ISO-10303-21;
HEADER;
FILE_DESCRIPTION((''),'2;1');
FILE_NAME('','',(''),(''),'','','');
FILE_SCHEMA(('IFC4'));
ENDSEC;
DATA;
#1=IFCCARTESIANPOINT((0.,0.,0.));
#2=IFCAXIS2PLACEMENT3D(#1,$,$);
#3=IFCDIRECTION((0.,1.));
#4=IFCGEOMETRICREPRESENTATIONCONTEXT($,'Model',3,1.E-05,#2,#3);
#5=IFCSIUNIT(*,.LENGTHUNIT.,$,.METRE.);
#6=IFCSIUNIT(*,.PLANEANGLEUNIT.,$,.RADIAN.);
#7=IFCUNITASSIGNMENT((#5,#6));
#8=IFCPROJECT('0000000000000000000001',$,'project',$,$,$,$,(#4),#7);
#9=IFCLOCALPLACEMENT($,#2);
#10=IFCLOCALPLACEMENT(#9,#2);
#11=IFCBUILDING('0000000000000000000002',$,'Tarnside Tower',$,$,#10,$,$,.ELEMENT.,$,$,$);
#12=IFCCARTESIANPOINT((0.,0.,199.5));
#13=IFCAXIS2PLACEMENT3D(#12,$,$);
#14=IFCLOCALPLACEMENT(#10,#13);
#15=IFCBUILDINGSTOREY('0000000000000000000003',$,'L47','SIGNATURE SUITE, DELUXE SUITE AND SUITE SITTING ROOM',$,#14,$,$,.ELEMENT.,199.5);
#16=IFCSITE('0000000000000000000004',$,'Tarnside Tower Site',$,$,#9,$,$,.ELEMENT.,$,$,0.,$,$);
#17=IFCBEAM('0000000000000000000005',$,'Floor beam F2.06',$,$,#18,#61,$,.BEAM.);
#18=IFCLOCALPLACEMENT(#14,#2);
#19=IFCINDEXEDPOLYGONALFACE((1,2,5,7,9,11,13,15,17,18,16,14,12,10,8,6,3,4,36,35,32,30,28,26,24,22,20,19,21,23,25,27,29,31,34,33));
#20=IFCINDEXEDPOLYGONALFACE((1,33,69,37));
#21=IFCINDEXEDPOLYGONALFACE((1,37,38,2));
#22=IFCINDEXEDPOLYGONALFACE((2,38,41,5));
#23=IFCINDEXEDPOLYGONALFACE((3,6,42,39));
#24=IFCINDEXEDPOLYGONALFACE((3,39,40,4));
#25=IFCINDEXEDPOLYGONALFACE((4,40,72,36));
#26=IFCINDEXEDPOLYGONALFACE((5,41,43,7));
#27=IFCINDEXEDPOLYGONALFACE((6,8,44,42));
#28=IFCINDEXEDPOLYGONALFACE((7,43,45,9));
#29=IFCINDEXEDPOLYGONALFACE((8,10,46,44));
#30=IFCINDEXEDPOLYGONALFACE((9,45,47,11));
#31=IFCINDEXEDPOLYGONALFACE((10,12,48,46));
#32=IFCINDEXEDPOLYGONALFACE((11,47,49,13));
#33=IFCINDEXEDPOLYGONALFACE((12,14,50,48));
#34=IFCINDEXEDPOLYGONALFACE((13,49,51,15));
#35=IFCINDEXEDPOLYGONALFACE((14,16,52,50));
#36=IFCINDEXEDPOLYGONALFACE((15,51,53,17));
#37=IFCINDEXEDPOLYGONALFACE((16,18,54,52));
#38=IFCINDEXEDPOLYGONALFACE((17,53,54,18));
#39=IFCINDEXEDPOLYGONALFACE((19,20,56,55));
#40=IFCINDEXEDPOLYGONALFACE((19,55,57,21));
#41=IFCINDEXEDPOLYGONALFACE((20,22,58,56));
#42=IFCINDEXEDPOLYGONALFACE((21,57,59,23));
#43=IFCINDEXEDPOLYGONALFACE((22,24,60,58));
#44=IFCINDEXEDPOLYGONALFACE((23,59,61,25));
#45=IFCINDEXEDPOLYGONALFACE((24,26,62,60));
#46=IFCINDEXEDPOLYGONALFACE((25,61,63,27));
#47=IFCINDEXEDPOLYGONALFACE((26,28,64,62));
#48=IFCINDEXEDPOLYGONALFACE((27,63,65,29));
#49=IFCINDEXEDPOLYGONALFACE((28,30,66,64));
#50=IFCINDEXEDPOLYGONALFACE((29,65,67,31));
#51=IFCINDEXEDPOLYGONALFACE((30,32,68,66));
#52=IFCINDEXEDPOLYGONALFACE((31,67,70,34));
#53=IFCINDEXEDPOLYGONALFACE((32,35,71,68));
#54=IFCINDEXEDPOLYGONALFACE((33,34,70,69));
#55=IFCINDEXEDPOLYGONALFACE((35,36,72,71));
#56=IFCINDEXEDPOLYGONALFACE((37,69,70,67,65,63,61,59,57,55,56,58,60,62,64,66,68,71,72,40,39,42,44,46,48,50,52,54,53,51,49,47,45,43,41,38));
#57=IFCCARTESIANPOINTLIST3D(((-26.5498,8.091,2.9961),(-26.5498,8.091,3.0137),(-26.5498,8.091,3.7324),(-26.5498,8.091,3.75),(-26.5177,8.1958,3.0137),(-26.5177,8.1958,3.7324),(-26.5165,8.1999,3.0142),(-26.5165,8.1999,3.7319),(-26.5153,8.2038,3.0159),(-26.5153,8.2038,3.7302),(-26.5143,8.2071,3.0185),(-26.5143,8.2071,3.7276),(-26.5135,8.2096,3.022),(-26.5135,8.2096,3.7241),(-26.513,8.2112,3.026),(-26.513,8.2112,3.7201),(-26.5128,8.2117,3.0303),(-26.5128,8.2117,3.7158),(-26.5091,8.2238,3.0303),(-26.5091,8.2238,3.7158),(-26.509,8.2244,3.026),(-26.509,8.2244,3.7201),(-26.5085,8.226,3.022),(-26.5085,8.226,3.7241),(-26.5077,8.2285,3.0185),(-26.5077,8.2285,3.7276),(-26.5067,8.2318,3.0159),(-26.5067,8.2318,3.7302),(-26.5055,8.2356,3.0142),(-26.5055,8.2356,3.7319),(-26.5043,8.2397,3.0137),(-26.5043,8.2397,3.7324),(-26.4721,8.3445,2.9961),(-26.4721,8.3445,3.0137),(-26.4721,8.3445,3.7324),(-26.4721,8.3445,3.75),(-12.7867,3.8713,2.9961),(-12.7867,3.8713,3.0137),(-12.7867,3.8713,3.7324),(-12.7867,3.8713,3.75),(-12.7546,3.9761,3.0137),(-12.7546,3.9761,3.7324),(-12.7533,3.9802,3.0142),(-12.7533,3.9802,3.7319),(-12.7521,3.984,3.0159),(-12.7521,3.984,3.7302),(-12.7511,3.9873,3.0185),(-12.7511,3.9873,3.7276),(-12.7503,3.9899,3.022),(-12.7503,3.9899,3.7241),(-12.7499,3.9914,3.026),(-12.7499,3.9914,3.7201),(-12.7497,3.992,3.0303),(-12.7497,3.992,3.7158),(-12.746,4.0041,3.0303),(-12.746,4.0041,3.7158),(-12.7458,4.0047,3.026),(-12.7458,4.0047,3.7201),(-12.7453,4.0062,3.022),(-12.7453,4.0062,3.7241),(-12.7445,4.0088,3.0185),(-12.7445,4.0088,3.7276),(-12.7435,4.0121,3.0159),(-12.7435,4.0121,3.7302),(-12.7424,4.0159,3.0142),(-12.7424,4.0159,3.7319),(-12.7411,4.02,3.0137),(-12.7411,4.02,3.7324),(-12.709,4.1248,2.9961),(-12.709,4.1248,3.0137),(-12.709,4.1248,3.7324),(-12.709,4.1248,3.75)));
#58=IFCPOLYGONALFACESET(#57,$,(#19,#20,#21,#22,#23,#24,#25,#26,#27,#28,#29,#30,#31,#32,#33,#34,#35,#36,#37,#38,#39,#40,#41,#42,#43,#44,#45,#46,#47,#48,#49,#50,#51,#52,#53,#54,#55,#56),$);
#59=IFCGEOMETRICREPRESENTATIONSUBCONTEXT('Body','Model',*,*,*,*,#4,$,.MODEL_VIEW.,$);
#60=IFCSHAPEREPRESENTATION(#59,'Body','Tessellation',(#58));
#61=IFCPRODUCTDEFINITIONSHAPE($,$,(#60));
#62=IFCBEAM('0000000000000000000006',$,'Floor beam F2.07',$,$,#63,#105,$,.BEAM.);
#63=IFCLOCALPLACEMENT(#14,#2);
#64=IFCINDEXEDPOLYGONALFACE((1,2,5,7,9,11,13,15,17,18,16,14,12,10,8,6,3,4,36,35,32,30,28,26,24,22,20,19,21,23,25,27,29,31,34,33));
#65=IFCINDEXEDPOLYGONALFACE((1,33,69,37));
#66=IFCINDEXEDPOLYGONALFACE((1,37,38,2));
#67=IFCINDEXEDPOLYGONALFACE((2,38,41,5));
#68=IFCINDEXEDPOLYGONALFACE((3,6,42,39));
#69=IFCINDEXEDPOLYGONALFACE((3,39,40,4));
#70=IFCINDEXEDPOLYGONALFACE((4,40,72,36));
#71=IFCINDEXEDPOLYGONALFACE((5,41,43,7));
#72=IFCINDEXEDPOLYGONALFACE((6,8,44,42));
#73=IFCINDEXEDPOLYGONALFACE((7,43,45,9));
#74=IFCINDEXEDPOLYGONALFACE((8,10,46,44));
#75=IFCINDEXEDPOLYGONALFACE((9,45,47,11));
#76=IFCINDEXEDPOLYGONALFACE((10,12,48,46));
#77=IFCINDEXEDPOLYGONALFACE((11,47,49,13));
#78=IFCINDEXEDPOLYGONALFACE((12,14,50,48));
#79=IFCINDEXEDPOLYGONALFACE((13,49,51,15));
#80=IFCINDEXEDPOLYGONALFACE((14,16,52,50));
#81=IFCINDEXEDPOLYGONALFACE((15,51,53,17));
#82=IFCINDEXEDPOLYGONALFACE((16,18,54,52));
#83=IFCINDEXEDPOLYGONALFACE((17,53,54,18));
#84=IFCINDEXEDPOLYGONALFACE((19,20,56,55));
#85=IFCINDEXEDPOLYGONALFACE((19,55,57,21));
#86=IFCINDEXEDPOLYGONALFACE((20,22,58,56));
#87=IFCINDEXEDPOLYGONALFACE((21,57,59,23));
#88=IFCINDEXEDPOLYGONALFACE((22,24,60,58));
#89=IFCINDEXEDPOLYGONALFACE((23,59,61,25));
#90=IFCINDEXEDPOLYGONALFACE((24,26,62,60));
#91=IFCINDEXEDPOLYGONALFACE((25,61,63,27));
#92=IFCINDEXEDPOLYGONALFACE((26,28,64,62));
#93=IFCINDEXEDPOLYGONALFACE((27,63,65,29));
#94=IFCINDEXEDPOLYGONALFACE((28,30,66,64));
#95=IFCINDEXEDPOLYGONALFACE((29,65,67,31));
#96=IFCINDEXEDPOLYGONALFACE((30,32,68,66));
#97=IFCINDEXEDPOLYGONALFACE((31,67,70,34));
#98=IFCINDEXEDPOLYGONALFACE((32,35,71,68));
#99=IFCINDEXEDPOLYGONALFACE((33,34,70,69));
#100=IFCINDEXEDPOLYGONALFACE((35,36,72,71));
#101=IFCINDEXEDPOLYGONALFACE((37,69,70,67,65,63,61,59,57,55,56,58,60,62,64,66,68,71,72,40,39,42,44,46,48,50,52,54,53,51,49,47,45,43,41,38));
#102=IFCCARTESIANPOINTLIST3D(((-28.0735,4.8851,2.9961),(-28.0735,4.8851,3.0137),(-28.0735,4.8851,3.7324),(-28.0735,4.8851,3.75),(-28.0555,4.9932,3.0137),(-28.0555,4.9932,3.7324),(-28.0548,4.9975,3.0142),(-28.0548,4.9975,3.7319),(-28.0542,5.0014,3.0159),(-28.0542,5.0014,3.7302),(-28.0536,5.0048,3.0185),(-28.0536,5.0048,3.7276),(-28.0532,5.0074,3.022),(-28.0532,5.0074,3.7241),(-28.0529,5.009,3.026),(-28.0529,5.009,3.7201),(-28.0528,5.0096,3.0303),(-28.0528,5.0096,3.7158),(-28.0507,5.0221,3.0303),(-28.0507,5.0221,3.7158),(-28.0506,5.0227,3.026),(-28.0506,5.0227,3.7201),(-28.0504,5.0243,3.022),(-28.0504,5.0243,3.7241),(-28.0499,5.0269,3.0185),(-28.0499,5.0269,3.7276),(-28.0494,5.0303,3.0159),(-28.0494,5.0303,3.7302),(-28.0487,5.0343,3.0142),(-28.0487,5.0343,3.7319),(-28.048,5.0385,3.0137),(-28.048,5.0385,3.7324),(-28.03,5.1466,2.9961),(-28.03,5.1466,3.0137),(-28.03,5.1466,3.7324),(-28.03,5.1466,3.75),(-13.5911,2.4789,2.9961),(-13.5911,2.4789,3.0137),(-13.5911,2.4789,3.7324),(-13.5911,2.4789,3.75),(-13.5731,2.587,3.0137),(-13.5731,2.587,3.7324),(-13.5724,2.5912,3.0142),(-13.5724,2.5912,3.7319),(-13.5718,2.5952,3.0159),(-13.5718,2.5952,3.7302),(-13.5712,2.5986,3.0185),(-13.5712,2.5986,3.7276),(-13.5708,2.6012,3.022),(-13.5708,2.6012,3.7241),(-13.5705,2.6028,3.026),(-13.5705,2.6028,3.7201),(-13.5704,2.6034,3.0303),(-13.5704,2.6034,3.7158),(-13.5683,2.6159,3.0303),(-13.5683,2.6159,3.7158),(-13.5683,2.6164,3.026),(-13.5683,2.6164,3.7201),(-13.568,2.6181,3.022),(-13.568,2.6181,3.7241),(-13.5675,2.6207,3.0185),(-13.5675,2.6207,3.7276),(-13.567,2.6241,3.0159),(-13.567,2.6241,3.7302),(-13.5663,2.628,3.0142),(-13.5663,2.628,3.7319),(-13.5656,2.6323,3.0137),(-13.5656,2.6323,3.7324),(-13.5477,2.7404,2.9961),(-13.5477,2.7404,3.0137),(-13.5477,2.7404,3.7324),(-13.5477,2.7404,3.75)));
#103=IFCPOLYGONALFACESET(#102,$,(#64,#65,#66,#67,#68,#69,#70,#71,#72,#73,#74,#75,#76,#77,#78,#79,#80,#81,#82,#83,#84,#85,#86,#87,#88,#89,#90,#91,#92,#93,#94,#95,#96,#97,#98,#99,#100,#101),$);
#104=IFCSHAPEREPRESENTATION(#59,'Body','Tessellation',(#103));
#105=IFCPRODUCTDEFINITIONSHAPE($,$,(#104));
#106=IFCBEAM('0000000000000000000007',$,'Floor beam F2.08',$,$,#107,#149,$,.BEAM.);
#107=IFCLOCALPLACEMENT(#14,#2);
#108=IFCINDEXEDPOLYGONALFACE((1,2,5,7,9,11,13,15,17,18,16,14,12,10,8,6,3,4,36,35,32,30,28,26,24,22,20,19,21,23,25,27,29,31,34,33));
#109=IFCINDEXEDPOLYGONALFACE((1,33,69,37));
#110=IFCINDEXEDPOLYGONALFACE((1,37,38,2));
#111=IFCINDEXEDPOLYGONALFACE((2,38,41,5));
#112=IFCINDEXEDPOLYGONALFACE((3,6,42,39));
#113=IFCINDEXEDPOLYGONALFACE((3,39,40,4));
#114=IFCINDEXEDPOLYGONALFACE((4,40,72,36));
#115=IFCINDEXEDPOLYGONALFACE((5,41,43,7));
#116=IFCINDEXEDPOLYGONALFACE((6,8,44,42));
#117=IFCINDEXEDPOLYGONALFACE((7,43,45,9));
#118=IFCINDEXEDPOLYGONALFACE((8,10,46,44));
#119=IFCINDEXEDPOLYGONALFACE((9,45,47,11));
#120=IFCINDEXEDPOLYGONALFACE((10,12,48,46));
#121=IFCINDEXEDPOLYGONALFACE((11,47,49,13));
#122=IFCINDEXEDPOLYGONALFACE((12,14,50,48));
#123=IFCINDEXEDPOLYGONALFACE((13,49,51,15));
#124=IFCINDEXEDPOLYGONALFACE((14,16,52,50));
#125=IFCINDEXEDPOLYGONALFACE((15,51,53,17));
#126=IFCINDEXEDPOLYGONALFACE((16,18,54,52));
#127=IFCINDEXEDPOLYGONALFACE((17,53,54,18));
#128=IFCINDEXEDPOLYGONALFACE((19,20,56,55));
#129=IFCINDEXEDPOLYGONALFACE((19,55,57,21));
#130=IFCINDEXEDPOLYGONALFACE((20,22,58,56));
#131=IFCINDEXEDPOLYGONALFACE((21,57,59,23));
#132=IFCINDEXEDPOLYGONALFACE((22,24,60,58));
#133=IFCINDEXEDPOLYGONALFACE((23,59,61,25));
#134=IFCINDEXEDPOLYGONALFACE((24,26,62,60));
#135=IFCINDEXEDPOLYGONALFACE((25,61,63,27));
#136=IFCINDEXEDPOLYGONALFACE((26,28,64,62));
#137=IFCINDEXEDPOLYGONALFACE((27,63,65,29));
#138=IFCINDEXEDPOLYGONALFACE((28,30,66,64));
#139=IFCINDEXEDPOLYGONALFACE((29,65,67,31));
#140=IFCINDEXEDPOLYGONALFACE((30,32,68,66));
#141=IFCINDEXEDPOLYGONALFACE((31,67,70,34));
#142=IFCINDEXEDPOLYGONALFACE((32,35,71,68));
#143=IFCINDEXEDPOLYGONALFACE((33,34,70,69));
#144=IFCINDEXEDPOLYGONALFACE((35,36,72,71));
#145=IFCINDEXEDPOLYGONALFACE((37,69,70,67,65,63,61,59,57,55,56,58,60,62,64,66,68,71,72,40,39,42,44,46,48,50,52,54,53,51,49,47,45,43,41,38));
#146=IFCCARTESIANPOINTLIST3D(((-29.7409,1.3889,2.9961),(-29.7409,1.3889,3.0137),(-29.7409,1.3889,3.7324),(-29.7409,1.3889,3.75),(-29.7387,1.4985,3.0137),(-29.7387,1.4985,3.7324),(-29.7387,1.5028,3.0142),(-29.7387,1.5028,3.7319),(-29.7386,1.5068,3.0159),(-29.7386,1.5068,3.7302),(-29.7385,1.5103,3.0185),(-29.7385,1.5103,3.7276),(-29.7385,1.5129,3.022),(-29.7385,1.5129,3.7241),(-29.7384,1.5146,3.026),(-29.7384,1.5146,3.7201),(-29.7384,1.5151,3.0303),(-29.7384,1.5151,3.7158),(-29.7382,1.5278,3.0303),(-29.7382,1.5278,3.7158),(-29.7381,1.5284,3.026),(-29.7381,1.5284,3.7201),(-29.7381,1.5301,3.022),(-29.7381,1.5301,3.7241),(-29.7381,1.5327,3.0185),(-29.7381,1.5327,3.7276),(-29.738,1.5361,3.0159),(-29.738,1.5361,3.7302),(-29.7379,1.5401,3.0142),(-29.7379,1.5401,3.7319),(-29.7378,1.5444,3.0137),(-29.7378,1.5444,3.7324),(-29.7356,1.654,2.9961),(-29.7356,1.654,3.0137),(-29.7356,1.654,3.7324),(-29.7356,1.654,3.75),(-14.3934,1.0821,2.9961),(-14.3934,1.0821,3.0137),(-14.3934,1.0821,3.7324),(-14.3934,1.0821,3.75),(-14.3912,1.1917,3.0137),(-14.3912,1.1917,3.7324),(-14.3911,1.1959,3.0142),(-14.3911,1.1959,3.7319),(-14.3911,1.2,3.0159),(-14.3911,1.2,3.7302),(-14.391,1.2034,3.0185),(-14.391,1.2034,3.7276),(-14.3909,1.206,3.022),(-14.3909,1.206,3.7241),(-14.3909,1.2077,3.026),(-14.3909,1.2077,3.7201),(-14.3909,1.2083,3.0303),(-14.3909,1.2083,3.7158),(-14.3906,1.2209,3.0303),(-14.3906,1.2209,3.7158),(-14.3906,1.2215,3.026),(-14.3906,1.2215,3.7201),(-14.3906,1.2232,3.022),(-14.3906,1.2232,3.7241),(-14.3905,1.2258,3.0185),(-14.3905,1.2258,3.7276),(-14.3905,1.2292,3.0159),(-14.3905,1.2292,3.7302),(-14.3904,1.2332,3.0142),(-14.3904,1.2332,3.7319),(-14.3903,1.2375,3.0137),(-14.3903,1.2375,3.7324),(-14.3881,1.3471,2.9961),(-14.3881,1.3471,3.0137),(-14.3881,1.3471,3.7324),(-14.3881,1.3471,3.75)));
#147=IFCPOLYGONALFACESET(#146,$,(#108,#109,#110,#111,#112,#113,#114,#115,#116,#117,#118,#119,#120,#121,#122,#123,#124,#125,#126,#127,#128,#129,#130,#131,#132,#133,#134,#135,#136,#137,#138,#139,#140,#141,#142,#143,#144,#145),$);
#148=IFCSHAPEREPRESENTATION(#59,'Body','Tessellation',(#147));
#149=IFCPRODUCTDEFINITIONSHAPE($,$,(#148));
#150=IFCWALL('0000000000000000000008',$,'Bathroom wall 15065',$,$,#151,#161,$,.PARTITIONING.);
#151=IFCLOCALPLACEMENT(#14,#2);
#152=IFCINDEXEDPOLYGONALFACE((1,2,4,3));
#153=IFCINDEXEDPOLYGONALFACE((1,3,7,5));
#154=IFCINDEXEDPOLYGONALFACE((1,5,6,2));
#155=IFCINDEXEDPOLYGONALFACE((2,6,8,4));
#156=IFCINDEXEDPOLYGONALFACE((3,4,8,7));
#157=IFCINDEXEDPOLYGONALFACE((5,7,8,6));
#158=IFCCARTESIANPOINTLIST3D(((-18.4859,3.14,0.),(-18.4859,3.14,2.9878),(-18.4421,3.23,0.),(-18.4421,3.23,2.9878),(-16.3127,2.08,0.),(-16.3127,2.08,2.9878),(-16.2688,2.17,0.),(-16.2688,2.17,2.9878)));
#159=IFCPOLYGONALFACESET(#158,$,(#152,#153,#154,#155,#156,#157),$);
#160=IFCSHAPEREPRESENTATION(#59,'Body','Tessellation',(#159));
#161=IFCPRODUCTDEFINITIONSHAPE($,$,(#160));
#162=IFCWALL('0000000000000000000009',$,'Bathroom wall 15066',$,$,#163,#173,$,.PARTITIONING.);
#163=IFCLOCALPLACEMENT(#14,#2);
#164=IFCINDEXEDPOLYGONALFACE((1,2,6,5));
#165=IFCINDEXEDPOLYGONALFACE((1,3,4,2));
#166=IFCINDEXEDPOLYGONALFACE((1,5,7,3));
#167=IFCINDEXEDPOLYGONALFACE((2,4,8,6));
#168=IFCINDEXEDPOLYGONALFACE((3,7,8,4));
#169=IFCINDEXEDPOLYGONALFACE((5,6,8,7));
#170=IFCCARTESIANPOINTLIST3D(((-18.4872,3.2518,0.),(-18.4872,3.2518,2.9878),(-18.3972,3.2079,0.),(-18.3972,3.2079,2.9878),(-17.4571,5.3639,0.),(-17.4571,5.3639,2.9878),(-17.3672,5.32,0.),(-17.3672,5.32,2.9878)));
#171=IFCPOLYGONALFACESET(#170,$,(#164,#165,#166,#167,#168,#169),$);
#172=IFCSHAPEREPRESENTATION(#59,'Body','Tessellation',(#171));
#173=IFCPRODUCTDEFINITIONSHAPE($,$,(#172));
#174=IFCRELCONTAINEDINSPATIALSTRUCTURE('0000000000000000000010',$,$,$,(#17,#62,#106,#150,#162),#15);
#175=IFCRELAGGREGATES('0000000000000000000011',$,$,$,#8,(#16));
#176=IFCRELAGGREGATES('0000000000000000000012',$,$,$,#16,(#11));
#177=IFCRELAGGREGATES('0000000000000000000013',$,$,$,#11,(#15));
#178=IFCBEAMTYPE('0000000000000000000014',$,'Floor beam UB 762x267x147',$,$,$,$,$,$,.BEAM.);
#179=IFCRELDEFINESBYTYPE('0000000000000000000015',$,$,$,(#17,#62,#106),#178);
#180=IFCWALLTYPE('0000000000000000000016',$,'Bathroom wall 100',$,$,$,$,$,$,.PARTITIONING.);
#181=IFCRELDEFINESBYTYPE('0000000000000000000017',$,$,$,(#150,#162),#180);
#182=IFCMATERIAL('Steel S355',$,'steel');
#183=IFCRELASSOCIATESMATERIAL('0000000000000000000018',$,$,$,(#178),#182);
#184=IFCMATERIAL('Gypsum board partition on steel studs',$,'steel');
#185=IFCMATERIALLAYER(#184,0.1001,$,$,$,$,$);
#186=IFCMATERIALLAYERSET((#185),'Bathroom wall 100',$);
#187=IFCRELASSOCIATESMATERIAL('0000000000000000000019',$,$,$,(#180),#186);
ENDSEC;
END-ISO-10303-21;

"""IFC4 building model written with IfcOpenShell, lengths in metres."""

from ifc_helpers import new_model, si_unit, direction, frame, frame_2d, origin, origin_2d, place, context, subcontext, project, spatial, rectangle, i_section, extrude, material, layer, layer_set, material_profile, profile_set, type_object, element, save


model = new_model("IFC4")

# Units and contexts
model_context = context("Model", 3, precision=1e-05, world=origin(), true_north=direction((0.0, 1.0)))
body_context = subcontext(model_context, "Body", "Model", "MODEL_VIEW")
ifc_project = project(units=[si_unit("LENGTHUNIT", "METRE"), si_unit("PLANEANGLEUNIT", "RADIAN")], contexts=[model_context])

# Site, building, storey
site_placement = place(None, origin())
site = spatial("IfcSite", under=ifc_project, at=site_placement, Name="Tarnside Tower Site", CompositionType="ELEMENT", RefElevation=0.0)
building_placement = place(site_placement, origin())
building = spatial("IfcBuilding", under=site, at=building_placement, Name="Tarnside Tower", CompositionType="ELEMENT")
storey_placement = place(building_placement, frame((0.0, 0.0, 199.5)))
storey = spatial("IfcBuildingStorey", under=building, at=storey_placement, Name="L47", Description="SIGNATURE SUITE, DELUXE SUITE AND SUITE SITTING ROOM", CompositionType="ELEMENT", Elevation=199.5)

# Beams
ifc_material_1 = material(Name="Steel S355", Category="steel")
ifc_material_profile = material_profile(ifc_material_1, i_section(OverallWidth=0.2651, OverallDepth=0.7539, WebThickness=0.0127, FlangeThickness=0.0176, FilletRadius=0.0166, at=origin_2d()), Name="UB 762x267x147")
ifc_profile_set = profile_set([ifc_material_profile], Name="Steel S355")
beam_type = type_object("IfcBeamType", Name="Floor beam UB 762x267x147", PredefinedType="BEAM", material=ifc_profile_set)
beam_1_placement = place(storey_placement, frame((-26.511, 8.2178, 3.373), z_axis=(0.956073, -0.293128, 0.0), x_axis=(0.293128, 0.956073, 0.0)))
element("IfcBeam", 1, at=beam_1_placement, inside=storey, type_object=beam_type, Name="Floor beam F2.06", PredefinedType="BEAM", context=body_context, shape_type="SweptSolid", body=[
    extrude(i_section(OverallWidth=0.2651, OverallDepth=0.7539, WebThickness=0.0127, FlangeThickness=0.0176, FilletRadius=0.0166, at=origin_2d()), origin(), (0.0, 0.0, 1.0), 14.3955),
])
beam_2_placement = place(storey_placement, frame((-28.0518, 5.0159, 3.373), z_axis=(0.986476, -0.163903, 0.0), x_axis=(0.163903, 0.986476, 0.0)))
element("IfcBeam", 2, at=beam_2_placement, inside=storey, type_object=beam_type, Name="Floor beam F2.07", PredefinedType="BEAM", context=body_context, shape_type="SweptSolid", body=[
    extrude(i_section(OverallWidth=0.2651, OverallDepth=0.7539, WebThickness=0.0127, FlangeThickness=0.0176, FilletRadius=0.0166, at=origin_2d()), origin(), (0.0, 0.0, 1.0), 14.6809),
])
beam_3_placement = place(storey_placement, frame((-29.7383, 1.5215, 3.373), z_axis=(0.9998, -0.019992, 0.0), x_axis=(0.019992, 0.9998, 0.0)))
element("IfcBeam", 3, at=beam_3_placement, inside=storey, type_object=beam_type, Name="Floor beam F2.08", PredefinedType="BEAM", context=body_context, shape_type="SweptSolid", body=[
    extrude(i_section(OverallWidth=0.2651, OverallDepth=0.7539, WebThickness=0.0127, FlangeThickness=0.0176, FilletRadius=0.0166, at=origin_2d()), origin(), (0.0, 0.0, 1.0), 15.3506),
])

# Walls
ifc_material_2 = material(Name="Gypsum board partition on steel studs", Category="steel")
ifc_layer_1 = layer(ifc_material_2, 0.1001)
ifc_layer_set_1 = layer_set([ifc_layer_1], Name="Bathroom wall 100")
wall_type_1 = type_object("IfcWallType", Name="Bathroom wall 100", PredefinedType="PARTITIONING", material=ifc_layer_set_1)
wall_1_placement = place(storey_placement, frame((-16.2908, 2.125, 0.0), z_axis=(0.0, 0.0, 1.0), x_axis=(-0.898786, 0.438388, 0.0)))
element("IfcWall", 4, at=wall_1_placement, inside=storey, type_object=wall_type_1, Name="Bathroom wall 15065", PredefinedType="PARTITIONING", context=body_context, shape_type="SweptSolid", body=[
    extrude(rectangle(XDim=2.418, YDim=0.1001, at=frame_2d((1.209, 0.0))), origin(), (0.0, 0.0, 1.0), 2.9878),
])
wall_2_placement = place(storey_placement, frame((-18.4421, 3.23, 0.0), z_axis=(0.0, 0.0, 1.0), x_axis=(0.43834, 0.898809, 0.0)))
element("IfcWall", 5, at=wall_2_placement, inside=storey, type_object=wall_type_1, Name="Bathroom wall 15066", PredefinedType="PARTITIONING", context=body_context, shape_type="SweptSolid", body=[
    extrude(rectangle(XDim=2.3499, YDim=0.1001, at=frame_2d((1.1748, 0.0))), origin(), (0.0, 0.0, 1.0), 2.9878),
])

save(model, "model.ifc")
